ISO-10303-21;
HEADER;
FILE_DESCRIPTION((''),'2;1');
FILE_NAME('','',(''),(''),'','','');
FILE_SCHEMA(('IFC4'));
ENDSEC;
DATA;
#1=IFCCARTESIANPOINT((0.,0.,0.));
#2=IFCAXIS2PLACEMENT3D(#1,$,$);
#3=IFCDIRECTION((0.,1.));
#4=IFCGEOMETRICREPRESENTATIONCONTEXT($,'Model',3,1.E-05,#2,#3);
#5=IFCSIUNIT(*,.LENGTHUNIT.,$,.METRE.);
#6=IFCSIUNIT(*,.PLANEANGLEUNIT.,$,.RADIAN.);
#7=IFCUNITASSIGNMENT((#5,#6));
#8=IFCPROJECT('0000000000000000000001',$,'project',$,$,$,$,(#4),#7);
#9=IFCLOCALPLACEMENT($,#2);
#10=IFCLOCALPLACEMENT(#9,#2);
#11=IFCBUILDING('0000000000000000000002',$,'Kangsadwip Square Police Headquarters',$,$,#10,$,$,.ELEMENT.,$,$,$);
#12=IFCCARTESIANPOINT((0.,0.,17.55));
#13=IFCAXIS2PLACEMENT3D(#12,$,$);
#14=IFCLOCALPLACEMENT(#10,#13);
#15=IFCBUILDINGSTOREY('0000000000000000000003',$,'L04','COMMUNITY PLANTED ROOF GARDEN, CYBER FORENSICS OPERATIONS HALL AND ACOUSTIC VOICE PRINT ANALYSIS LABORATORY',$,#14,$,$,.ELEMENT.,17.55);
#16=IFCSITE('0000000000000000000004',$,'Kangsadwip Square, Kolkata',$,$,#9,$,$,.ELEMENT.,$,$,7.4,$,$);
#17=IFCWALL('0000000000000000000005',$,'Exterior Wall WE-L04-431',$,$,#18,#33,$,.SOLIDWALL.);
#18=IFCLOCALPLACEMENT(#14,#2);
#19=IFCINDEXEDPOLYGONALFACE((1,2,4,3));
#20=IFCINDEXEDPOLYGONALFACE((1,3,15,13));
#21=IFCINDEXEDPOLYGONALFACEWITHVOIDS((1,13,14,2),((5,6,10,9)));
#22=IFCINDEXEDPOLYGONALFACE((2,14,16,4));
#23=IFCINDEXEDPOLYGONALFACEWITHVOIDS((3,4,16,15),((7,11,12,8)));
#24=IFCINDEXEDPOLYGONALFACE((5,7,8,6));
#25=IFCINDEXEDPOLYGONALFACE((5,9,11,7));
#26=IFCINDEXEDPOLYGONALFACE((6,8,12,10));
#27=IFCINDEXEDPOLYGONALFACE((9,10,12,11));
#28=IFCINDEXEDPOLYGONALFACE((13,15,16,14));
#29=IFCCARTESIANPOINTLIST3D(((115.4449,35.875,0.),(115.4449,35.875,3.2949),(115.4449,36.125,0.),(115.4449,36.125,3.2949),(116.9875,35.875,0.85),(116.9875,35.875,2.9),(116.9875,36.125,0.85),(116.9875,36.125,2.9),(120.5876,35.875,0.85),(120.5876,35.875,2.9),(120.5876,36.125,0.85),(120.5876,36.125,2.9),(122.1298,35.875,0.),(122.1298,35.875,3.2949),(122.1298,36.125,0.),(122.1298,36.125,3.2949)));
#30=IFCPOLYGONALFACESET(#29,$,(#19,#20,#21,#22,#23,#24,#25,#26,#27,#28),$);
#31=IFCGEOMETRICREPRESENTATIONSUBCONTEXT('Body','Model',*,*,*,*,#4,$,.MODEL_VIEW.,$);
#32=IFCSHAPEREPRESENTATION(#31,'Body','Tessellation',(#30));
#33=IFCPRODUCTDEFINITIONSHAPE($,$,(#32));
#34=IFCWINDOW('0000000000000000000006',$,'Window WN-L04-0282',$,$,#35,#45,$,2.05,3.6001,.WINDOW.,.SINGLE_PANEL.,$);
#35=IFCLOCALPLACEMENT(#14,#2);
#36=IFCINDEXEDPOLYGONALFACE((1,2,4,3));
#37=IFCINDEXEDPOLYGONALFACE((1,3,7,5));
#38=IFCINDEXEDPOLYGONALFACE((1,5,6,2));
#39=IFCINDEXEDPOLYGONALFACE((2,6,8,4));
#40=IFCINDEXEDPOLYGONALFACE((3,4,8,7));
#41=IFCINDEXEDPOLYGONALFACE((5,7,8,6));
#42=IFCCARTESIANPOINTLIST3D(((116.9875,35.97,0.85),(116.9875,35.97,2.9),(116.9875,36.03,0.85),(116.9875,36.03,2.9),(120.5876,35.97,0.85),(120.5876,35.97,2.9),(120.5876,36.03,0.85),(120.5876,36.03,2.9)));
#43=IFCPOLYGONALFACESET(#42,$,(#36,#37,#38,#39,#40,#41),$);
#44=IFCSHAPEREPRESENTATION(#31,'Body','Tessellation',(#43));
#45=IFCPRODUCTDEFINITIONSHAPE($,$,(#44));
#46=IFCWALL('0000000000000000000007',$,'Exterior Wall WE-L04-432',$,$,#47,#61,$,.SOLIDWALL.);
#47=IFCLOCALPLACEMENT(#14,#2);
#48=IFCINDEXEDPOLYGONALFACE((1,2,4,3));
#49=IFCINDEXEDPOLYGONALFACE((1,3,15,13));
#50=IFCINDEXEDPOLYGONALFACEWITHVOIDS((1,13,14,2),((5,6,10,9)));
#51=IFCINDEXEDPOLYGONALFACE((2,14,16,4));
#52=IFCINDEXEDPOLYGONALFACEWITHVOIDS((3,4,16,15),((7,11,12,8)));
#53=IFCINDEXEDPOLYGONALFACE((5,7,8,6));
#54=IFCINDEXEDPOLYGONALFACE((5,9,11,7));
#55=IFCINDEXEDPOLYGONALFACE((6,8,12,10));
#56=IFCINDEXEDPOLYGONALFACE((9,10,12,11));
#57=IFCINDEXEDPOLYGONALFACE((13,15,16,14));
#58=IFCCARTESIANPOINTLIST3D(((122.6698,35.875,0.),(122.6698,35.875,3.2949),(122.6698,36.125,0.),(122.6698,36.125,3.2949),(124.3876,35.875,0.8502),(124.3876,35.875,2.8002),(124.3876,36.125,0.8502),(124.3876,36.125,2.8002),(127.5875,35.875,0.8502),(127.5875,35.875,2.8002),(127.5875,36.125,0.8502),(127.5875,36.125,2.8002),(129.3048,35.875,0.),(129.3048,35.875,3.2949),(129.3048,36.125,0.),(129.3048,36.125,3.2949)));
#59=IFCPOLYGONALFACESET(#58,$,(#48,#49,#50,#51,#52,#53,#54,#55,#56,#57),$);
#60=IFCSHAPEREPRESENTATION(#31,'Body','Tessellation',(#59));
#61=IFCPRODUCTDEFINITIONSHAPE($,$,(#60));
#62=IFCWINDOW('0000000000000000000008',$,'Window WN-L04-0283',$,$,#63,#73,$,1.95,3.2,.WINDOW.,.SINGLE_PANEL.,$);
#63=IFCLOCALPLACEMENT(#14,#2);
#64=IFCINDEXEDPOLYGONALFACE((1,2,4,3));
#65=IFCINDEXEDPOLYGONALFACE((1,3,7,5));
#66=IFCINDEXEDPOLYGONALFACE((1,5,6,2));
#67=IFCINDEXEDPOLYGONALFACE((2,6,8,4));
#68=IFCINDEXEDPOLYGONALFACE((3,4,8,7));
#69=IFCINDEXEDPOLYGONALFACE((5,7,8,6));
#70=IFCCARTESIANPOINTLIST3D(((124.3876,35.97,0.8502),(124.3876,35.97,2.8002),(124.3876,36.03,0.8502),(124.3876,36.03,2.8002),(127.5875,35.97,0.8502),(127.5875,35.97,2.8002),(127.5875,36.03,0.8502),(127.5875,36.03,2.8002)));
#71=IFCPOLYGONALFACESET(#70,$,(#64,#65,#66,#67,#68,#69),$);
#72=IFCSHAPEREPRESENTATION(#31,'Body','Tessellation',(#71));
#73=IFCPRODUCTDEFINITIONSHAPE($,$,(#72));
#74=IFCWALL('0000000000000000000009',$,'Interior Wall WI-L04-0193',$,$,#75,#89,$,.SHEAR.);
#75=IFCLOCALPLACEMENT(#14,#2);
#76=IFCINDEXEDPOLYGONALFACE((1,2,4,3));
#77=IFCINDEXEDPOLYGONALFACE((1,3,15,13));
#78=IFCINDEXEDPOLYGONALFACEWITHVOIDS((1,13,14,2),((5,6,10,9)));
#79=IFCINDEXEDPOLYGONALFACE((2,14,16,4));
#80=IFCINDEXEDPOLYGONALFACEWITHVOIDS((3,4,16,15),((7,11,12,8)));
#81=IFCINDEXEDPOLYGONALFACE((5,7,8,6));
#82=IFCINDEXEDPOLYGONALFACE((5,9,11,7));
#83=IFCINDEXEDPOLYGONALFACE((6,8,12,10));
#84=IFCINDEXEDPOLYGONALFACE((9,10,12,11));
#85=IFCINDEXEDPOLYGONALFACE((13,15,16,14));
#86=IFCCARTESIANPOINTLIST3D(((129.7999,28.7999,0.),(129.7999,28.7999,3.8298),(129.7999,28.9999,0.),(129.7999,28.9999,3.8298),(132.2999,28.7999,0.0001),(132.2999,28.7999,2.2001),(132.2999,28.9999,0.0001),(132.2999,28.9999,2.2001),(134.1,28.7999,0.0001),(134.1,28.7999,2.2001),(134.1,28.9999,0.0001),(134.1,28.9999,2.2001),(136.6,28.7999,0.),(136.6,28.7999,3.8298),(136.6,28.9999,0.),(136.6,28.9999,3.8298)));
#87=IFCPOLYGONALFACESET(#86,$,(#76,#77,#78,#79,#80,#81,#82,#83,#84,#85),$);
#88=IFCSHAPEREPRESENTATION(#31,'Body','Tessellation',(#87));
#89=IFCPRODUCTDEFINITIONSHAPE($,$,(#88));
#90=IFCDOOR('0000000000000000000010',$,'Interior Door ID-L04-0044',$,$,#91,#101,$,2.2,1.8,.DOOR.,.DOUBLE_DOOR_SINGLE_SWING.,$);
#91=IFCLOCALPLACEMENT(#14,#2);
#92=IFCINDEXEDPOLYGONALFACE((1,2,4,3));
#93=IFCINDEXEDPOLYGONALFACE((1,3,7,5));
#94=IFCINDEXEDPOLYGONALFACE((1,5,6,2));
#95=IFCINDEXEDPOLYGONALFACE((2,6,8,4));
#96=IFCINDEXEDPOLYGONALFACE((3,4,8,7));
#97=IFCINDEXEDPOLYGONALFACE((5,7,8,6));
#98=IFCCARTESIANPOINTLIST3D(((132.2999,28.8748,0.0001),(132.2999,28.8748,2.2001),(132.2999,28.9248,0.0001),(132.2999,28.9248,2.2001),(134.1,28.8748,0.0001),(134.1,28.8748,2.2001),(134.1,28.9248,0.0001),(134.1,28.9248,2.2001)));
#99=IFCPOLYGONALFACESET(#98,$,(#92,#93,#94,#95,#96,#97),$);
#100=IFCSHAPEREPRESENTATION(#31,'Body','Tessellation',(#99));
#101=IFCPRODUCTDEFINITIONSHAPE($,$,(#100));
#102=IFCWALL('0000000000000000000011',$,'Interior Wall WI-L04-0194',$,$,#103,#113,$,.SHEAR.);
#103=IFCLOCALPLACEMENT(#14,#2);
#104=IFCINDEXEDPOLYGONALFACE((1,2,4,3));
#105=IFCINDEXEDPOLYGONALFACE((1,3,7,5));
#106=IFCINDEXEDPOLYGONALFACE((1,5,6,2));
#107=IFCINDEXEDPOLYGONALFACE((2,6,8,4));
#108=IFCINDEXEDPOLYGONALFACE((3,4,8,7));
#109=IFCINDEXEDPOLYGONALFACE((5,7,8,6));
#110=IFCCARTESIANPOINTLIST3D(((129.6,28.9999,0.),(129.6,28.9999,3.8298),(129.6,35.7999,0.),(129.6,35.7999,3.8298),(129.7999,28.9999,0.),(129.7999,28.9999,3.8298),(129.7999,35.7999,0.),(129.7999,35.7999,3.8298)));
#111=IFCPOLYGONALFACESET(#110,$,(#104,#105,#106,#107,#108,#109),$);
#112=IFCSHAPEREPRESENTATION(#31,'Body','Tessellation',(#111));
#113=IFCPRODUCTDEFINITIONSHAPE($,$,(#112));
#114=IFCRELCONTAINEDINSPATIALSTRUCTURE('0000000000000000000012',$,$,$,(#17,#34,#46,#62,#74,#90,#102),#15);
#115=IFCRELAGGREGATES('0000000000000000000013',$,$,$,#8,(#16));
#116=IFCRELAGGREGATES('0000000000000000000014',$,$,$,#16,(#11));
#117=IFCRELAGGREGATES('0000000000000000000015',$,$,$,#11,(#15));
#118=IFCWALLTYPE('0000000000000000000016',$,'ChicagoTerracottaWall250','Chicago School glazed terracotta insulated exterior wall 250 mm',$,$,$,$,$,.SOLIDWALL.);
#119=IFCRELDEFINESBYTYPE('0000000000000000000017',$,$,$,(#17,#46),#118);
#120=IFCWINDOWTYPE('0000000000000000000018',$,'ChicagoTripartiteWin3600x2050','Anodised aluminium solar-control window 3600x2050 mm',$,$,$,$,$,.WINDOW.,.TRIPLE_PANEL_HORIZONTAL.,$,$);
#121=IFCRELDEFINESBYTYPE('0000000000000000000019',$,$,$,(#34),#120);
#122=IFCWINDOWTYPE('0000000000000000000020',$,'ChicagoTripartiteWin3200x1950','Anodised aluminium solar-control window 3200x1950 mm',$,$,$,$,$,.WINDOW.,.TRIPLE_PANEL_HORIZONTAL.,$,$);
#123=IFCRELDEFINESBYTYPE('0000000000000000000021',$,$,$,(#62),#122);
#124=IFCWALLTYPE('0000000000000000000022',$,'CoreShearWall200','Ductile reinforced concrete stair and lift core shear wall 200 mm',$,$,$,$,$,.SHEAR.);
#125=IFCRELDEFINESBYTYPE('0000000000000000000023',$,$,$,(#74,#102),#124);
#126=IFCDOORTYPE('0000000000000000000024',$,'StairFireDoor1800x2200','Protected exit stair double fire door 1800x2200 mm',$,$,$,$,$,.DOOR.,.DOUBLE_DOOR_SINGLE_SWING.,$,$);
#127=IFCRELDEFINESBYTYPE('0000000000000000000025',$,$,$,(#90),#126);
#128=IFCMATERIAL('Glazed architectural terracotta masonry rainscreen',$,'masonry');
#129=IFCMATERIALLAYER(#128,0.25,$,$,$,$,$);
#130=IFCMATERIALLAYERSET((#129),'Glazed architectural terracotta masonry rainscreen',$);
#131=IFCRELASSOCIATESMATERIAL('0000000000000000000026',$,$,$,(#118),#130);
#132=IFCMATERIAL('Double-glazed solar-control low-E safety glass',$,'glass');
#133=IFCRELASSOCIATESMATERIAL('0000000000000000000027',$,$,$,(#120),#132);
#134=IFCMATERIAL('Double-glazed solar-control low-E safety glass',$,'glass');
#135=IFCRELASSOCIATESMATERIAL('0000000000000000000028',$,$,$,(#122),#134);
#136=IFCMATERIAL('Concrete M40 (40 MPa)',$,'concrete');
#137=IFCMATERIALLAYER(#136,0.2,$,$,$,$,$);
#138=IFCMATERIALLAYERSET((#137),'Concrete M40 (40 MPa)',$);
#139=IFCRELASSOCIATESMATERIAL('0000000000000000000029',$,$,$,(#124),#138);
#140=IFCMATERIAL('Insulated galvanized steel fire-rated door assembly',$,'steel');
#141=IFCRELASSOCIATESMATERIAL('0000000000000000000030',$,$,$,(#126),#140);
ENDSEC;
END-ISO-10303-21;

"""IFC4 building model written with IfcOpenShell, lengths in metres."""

from ifc_helpers import new_model, si_unit, direction, frame, frame_2d, origin, place, context, subcontext, project, spatial, rectangle, extrude, material, layer, layer_set, type_object, element, fill, save


model = new_model("IFC4")

# Units and contexts
model_context = context("Model", 3, precision=1e-05, world=origin(), true_north=direction((0.0, 1.0)))
body_context = subcontext(model_context, "Body", "Model", "MODEL_VIEW")
ifc_project = project(units=[si_unit("LENGTHUNIT", "METRE"), si_unit("PLANEANGLEUNIT", "RADIAN")], contexts=[model_context])

# Site, building, storey
site_placement = place(None, origin())
site = spatial("IfcSite", under=ifc_project, at=site_placement, Name="Kangsadwip Square, Kolkata", CompositionType="ELEMENT", RefElevation=7.4)
building_placement = place(site_placement, origin())
building = spatial("IfcBuilding", under=site, at=building_placement, Name="Kangsadwip Square Police Headquarters", CompositionType="ELEMENT")
storey_placement = place(building_placement, frame((0.0, 0.0, 17.55)))
storey = spatial("IfcBuildingStorey", under=building, at=storey_placement, Name="L04", Description="COMMUNITY PLANTED ROOF GARDEN, CYBER FORENSICS OPERATIONS HALL AND ACOUSTIC VOICE PRINT ANALYSIS LABORATORY", CompositionType="ELEMENT", Elevation=17.55)

# Walls, openings, windows
ifc_material_1 = material(Name="Glazed architectural terracotta masonry rainscreen", Category="masonry")
ifc_layer_1 = layer(ifc_material_1, 0.25)
ifc_layer_set_1 = layer_set([ifc_layer_1], Name="Glazed architectural terracotta masonry rainscreen")
wall_type_1 = type_object("IfcWallType", Name="ChicagoTerracottaWall250", Description="Chicago School glazed terracotta insulated exterior wall 250 mm", PredefinedType="SOLIDWALL", material=ifc_layer_set_1)
wall_1_placement = place(storey_placement, frame((115.4451, 36.0, 0.0), z_axis=(0.0, 0.0, 1.0), x_axis=(1.0, 0.0, 0.0)))
wall_1 = element("IfcWall", 1, at=wall_1_placement, inside=storey, type_object=wall_type_1, Name="Exterior Wall WE-L04-431", PredefinedType="SOLIDWALL", context=body_context, shape_type="SweptSolid", body=[
    extrude(rectangle(XDim=6.6848, YDim=0.25, at=frame_2d((3.3423, 0.0))), origin(), (0.0, 0.0, 1.0), 3.2949),
])
opening_1_placement = place(wall_1_placement, frame((1.5425, 0.0, 0.8501)))
opening_1 = element("IfcOpeningElement", 2, at=opening_1_placement, cuts=wall_1, PredefinedType="OPENING", context=body_context, shape_type="SweptSolid", body=[
    extrude(rectangle(XDim=3.6001, YDim=2.05, at=frame_2d((1.8, 1.0249))), frame((0.0, 0.135, 0.0), z_axis=(0.0, -1.0, 0.0), x_axis=(1.0, 0.0, 0.0)), (0.0, 0.0, 1.0), 0.27),
])
ifc_material_2 = material(Name="Double-glazed solar-control low-E safety glass", Category="glass")
window_type_1 = type_object("IfcWindowType", Name="ChicagoTripartiteWin3600x2050", Description="Anodised aluminium solar-control window 3600x2050 mm", PartitioningType="TRIPLE_PANEL_HORIZONTAL", PredefinedType="WINDOW", material=ifc_material_2)
window_1_placement = place(opening_1_placement, origin())
window_1 = element("IfcWindow", 3, at=window_1_placement, inside=storey, type_object=window_type_1, Name="Window WN-L04-0282", OverallHeight=2.05, OverallWidth=3.6001, PartitioningType="SINGLE_PANEL", PredefinedType="WINDOW", context=body_context, shape_type="SweptSolid", body=[
    extrude(rectangle(XDim=3.6001, YDim=2.05, at=frame_2d((1.8, 1.0249))), frame((0.0, 0.03, 0.0), z_axis=(0.0, -1.0, 0.0), x_axis=(1.0, 0.0, 0.0)), (0.0, 0.0, 1.0), 0.0601),
])
fill(opening_1, window_1)
wall_2_placement = place(storey_placement, frame((122.6699, 36.0, 0.0), z_axis=(0.0, 0.0, 1.0), x_axis=(1.0, 0.0, 0.0)))
wall_2 = element("IfcWall", 4, at=wall_2_placement, inside=storey, type_object=wall_type_1, Name="Exterior Wall WE-L04-432", PredefinedType="SOLIDWALL", context=body_context, shape_type="SweptSolid", body=[
    extrude(rectangle(XDim=6.635, YDim=0.25, at=frame_2d((3.3174, 0.0))), origin(), (0.0, 0.0, 1.0), 3.2949),
])
opening_2_placement = place(wall_2_placement, frame((1.7175, 0.0, 0.8501)))
opening_2 = element("IfcOpeningElement", 5, at=opening_2_placement, cuts=wall_2, PredefinedType="OPENING", context=body_context, shape_type="SweptSolid", body=[
    extrude(rectangle(XDim=3.2, YDim=1.95, at=frame_2d((1.6001, 0.9751))), frame((0.0, 0.135, 0.0), z_axis=(0.0, -1.0, 0.0), x_axis=(1.0, 0.0, 0.0)), (0.0, 0.0, 1.0), 0.27),
])
ifc_material_3 = material(Name="Double-glazed solar-control low-E safety glass", Category="glass")
window_type_2 = type_object("IfcWindowType", Name="ChicagoTripartiteWin3200x1950", Description="Anodised aluminium solar-control window 3200x1950 mm", PartitioningType="TRIPLE_PANEL_HORIZONTAL", PredefinedType="WINDOW", material=ifc_material_3)
window_2_placement = place(opening_2_placement, origin())
window_2 = element("IfcWindow", 6, at=window_2_placement, inside=storey, type_object=window_type_2, Name="Window WN-L04-0283", OverallHeight=1.95, OverallWidth=3.2, PartitioningType="SINGLE_PANEL", PredefinedType="WINDOW", context=body_context, shape_type="SweptSolid", body=[
    extrude(rectangle(XDim=3.2, YDim=1.95, at=frame_2d((1.6001, 0.9751))), frame((0.0, 0.03, 0.0), z_axis=(0.0, -1.0, 0.0), x_axis=(1.0, 0.0, 0.0)), (0.0, 0.0, 1.0), 0.0601),
])
fill(opening_2, window_2)

# Wall, opening, door
ifc_material_4 = material(Name="Concrete M40 (40 MPa)", Category="concrete")
ifc_layer_2 = layer(ifc_material_4, 0.2)
ifc_layer_set_2 = layer_set([ifc_layer_2], Name="Concrete M40 (40 MPa)")
wall_type_2 = type_object("IfcWallType", Name="CoreShearWall200", Description="Ductile reinforced concrete stair and lift core shear wall 200 mm", PredefinedType="SHEAR", material=ifc_layer_set_2)
wall_3_placement = place(storey_placement, frame((129.8, 28.8999, 0.0), z_axis=(0.0, 0.0, 1.0), x_axis=(1.0, 0.0, 0.0)))
wall_3 = element("IfcWall", 7, at=wall_3_placement, inside=storey, type_object=wall_type_2, Name="Interior Wall WI-L04-0193", PredefinedType="SHEAR", context=body_context, shape_type="SweptSolid", body=[
    extrude(rectangle(XDim=6.8, YDim=0.2, at=frame_2d((3.3999, 0.0))), origin(), (0.0, 0.0, 1.0), 3.8298),
])
opening_3_placement = place(wall_3_placement, frame((2.5, 0.0, 0.0)))
opening_3 = element("IfcOpeningElement", 8, at=opening_3_placement, cuts=wall_3, PredefinedType="OPENING", context=body_context, shape_type="SweptSolid", body=[
    extrude(rectangle(XDim=1.8, YDim=2.2, at=frame_2d((0.8999, 1.1001))), frame((0.0, 0.1099, 0.0), z_axis=(0.0, -1.0, 0.0), x_axis=(1.0, 0.0, 0.0)), (0.0, 0.0, 1.0), 0.22),
])
ifc_material_5 = material(Name="Insulated galvanized steel fire-rated door assembly", Category="steel")
door_type_1 = type_object("IfcDoorType", Name="StairFireDoor1800x2200", Description="Protected exit stair double fire door 1800x2200 mm", OperationType="DOUBLE_DOOR_SINGLE_SWING", PredefinedType="DOOR", material=ifc_material_5)
door_1_placement = place(opening_3_placement, origin())
door_1 = element("IfcDoor", 9, at=door_1_placement, inside=storey, type_object=door_type_1, Name="Interior Door ID-L04-0044", OperationType="DOUBLE_DOOR_SINGLE_SWING", OverallHeight=2.2, OverallWidth=1.8, PredefinedType="DOOR", context=body_context, shape_type="SweptSolid", body=[
    extrude(rectangle(XDim=1.8, YDim=2.2, at=frame_2d((0.8999, 1.1001))), frame((0.0, 0.0249, 0.0), z_axis=(0.0, -1.0, 0.0), x_axis=(1.0, 0.0, 0.0)), (0.0, 0.0, 1.0), 0.05),
])
fill(opening_3, door_1)

# Wall
wall_4_placement = place(storey_placement, frame((129.7, 29.0, 0.0), z_axis=(0.0, 0.0, 1.0), x_axis=(0.0, 1.0, 0.0)))
element("IfcWall", 10, at=wall_4_placement, inside=storey, type_object=wall_type_2, Name="Interior Wall WI-L04-0194", PredefinedType="SHEAR", context=body_context, shape_type="SweptSolid", body=[
    extrude(rectangle(XDim=6.8, YDim=0.2, at=frame_2d((3.3999, 0.0))), origin(), (0.0, 0.0, 1.0), 3.8298),
])

save(model, "model.ifc")
